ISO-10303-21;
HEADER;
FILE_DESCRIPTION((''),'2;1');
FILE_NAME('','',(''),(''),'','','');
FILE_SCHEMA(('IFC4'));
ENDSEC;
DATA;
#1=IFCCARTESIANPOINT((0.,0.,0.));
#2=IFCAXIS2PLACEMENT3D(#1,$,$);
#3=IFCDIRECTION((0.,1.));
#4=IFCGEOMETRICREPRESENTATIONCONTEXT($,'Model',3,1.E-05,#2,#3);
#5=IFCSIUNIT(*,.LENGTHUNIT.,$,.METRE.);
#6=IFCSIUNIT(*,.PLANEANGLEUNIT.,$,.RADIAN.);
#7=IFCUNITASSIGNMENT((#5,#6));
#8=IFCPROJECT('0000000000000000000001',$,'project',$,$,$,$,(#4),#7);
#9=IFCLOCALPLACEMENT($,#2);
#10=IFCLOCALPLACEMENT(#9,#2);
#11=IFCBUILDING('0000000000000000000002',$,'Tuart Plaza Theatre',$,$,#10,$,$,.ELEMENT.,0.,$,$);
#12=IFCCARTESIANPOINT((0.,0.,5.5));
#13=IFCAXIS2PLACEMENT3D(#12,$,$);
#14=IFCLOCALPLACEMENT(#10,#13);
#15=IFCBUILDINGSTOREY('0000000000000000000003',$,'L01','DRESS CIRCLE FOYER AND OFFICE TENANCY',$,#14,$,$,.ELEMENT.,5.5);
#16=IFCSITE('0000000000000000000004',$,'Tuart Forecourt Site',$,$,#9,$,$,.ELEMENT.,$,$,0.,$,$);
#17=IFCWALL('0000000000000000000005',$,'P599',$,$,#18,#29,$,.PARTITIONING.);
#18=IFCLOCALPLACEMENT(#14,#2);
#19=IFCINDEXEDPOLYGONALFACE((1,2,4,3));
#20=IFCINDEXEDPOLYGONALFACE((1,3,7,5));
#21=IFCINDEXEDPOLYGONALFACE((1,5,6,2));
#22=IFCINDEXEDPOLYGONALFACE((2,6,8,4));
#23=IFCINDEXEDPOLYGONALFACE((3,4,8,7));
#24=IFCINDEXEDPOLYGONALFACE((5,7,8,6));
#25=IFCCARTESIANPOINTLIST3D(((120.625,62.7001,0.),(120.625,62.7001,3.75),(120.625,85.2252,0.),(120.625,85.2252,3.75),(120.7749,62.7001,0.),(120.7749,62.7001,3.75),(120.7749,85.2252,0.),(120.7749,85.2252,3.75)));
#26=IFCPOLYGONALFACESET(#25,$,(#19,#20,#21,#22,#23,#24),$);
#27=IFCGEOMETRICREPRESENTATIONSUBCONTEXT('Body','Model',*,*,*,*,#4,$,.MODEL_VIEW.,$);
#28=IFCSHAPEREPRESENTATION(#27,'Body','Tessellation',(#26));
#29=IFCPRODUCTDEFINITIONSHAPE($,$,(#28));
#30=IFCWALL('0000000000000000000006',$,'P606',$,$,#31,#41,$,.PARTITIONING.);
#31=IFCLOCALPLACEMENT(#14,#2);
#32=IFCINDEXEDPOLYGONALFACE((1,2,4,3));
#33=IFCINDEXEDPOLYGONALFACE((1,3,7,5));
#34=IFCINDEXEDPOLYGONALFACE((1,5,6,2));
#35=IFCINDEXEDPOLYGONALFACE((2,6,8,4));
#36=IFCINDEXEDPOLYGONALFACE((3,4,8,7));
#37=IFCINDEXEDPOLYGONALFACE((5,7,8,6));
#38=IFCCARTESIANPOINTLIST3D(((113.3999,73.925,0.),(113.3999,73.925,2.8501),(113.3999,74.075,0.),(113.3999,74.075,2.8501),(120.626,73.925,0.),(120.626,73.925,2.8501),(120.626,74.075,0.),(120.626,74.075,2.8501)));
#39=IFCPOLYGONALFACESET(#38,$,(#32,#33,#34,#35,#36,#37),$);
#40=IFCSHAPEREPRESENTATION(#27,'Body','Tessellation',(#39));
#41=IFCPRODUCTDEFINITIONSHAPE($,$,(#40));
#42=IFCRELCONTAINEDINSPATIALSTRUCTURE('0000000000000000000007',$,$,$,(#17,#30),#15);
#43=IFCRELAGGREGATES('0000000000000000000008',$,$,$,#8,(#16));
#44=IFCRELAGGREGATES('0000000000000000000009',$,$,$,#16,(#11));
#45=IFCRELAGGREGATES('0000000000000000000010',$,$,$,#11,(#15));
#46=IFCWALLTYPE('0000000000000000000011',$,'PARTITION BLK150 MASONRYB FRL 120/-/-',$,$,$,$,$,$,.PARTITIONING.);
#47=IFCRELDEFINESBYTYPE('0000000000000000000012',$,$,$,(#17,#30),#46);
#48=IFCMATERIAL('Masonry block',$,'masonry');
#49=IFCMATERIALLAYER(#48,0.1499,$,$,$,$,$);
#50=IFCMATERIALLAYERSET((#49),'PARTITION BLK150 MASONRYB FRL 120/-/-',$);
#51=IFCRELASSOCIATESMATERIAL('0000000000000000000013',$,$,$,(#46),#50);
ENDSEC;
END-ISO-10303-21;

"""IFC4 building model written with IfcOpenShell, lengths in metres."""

from ifc_helpers import new_model, si_unit, direction, frame, frame_2d, origin, place, context, subcontext, project, spatial, rectangle, extrude, material, layer, layer_set, type_object, element, save


model = new_model("IFC4")

# Units and contexts
model_context = context("Model", 3, precision=1e-05, world=origin(), true_north=direction((0.0, 1.0)))
body_context = subcontext(model_context, "Body", "Model", "MODEL_VIEW")
ifc_project = project(units=[si_unit("LENGTHUNIT", "METRE"), si_unit("PLANEANGLEUNIT", "RADIAN")], contexts=[model_context])

# Site, building, storey
site_placement = place(None, origin())
site = spatial("IfcSite", under=ifc_project, at=site_placement, Name="Tuart Forecourt Site", CompositionType="ELEMENT", RefElevation=0.0)
building_placement = place(site_placement, origin())
building = spatial("IfcBuilding", under=site, at=building_placement, Name="Tuart Plaza Theatre", CompositionType="ELEMENT", ElevationOfRefHeight=0.0)
storey_placement = place(building_placement, frame((0.0, 0.0, 5.5)))
storey = spatial("IfcBuildingStorey", under=building, at=storey_placement, Name="L01", Description="DRESS CIRCLE FOYER AND OFFICE TENANCY", CompositionType="ELEMENT", Elevation=5.5)

# Walls
ifc_material_1 = material(Name="Masonry block", Category="masonry")
ifc_layer_1 = layer(ifc_material_1, 0.1499)
ifc_layer_set_1 = layer_set([ifc_layer_1], Name="PARTITION BLK150 MASONRYB FRL 120/-/-")
wall_type = type_object("IfcWallType", Name="PARTITION BLK150 MASONRYB FRL 120/-/-", PredefinedType="PARTITIONING", material=ifc_layer_set_1)
wall_1_placement = place(storey_placement, frame((120.7, 62.7, 0.0), z_axis=(0.0, 0.0, 1.0), x_axis=(0.0, 1.0, 0.0)))
element("IfcWall", 1, at=wall_1_placement, inside=storey, type_object=wall_type, Name="P599", PredefinedType="PARTITIONING", context=body_context, shape_type="SweptSolid", body=[
    extrude(rectangle(XDim=22.5251, YDim=0.1499, at=frame_2d((11.2627, 0.0))), origin(), (0.0, 0.0, 1.0), 3.75),
])
wall_2_placement = place(storey_placement, frame((113.3999, 74.0, 0.0), z_axis=(0.0, 0.0, 1.0), x_axis=(1.0, 0.0, 0.0)))
element("IfcWall", 2, at=wall_2_placement, inside=storey, type_object=wall_type, Name="P606", PredefinedType="PARTITIONING", context=body_context, shape_type="SweptSolid", body=[
    extrude(rectangle(XDim=7.2261, YDim=0.1499, at=frame_2d((3.613, 0.0))), origin(), (0.0, 0.0, 1.0), 2.8501),
])

save(model, "model.ifc")
